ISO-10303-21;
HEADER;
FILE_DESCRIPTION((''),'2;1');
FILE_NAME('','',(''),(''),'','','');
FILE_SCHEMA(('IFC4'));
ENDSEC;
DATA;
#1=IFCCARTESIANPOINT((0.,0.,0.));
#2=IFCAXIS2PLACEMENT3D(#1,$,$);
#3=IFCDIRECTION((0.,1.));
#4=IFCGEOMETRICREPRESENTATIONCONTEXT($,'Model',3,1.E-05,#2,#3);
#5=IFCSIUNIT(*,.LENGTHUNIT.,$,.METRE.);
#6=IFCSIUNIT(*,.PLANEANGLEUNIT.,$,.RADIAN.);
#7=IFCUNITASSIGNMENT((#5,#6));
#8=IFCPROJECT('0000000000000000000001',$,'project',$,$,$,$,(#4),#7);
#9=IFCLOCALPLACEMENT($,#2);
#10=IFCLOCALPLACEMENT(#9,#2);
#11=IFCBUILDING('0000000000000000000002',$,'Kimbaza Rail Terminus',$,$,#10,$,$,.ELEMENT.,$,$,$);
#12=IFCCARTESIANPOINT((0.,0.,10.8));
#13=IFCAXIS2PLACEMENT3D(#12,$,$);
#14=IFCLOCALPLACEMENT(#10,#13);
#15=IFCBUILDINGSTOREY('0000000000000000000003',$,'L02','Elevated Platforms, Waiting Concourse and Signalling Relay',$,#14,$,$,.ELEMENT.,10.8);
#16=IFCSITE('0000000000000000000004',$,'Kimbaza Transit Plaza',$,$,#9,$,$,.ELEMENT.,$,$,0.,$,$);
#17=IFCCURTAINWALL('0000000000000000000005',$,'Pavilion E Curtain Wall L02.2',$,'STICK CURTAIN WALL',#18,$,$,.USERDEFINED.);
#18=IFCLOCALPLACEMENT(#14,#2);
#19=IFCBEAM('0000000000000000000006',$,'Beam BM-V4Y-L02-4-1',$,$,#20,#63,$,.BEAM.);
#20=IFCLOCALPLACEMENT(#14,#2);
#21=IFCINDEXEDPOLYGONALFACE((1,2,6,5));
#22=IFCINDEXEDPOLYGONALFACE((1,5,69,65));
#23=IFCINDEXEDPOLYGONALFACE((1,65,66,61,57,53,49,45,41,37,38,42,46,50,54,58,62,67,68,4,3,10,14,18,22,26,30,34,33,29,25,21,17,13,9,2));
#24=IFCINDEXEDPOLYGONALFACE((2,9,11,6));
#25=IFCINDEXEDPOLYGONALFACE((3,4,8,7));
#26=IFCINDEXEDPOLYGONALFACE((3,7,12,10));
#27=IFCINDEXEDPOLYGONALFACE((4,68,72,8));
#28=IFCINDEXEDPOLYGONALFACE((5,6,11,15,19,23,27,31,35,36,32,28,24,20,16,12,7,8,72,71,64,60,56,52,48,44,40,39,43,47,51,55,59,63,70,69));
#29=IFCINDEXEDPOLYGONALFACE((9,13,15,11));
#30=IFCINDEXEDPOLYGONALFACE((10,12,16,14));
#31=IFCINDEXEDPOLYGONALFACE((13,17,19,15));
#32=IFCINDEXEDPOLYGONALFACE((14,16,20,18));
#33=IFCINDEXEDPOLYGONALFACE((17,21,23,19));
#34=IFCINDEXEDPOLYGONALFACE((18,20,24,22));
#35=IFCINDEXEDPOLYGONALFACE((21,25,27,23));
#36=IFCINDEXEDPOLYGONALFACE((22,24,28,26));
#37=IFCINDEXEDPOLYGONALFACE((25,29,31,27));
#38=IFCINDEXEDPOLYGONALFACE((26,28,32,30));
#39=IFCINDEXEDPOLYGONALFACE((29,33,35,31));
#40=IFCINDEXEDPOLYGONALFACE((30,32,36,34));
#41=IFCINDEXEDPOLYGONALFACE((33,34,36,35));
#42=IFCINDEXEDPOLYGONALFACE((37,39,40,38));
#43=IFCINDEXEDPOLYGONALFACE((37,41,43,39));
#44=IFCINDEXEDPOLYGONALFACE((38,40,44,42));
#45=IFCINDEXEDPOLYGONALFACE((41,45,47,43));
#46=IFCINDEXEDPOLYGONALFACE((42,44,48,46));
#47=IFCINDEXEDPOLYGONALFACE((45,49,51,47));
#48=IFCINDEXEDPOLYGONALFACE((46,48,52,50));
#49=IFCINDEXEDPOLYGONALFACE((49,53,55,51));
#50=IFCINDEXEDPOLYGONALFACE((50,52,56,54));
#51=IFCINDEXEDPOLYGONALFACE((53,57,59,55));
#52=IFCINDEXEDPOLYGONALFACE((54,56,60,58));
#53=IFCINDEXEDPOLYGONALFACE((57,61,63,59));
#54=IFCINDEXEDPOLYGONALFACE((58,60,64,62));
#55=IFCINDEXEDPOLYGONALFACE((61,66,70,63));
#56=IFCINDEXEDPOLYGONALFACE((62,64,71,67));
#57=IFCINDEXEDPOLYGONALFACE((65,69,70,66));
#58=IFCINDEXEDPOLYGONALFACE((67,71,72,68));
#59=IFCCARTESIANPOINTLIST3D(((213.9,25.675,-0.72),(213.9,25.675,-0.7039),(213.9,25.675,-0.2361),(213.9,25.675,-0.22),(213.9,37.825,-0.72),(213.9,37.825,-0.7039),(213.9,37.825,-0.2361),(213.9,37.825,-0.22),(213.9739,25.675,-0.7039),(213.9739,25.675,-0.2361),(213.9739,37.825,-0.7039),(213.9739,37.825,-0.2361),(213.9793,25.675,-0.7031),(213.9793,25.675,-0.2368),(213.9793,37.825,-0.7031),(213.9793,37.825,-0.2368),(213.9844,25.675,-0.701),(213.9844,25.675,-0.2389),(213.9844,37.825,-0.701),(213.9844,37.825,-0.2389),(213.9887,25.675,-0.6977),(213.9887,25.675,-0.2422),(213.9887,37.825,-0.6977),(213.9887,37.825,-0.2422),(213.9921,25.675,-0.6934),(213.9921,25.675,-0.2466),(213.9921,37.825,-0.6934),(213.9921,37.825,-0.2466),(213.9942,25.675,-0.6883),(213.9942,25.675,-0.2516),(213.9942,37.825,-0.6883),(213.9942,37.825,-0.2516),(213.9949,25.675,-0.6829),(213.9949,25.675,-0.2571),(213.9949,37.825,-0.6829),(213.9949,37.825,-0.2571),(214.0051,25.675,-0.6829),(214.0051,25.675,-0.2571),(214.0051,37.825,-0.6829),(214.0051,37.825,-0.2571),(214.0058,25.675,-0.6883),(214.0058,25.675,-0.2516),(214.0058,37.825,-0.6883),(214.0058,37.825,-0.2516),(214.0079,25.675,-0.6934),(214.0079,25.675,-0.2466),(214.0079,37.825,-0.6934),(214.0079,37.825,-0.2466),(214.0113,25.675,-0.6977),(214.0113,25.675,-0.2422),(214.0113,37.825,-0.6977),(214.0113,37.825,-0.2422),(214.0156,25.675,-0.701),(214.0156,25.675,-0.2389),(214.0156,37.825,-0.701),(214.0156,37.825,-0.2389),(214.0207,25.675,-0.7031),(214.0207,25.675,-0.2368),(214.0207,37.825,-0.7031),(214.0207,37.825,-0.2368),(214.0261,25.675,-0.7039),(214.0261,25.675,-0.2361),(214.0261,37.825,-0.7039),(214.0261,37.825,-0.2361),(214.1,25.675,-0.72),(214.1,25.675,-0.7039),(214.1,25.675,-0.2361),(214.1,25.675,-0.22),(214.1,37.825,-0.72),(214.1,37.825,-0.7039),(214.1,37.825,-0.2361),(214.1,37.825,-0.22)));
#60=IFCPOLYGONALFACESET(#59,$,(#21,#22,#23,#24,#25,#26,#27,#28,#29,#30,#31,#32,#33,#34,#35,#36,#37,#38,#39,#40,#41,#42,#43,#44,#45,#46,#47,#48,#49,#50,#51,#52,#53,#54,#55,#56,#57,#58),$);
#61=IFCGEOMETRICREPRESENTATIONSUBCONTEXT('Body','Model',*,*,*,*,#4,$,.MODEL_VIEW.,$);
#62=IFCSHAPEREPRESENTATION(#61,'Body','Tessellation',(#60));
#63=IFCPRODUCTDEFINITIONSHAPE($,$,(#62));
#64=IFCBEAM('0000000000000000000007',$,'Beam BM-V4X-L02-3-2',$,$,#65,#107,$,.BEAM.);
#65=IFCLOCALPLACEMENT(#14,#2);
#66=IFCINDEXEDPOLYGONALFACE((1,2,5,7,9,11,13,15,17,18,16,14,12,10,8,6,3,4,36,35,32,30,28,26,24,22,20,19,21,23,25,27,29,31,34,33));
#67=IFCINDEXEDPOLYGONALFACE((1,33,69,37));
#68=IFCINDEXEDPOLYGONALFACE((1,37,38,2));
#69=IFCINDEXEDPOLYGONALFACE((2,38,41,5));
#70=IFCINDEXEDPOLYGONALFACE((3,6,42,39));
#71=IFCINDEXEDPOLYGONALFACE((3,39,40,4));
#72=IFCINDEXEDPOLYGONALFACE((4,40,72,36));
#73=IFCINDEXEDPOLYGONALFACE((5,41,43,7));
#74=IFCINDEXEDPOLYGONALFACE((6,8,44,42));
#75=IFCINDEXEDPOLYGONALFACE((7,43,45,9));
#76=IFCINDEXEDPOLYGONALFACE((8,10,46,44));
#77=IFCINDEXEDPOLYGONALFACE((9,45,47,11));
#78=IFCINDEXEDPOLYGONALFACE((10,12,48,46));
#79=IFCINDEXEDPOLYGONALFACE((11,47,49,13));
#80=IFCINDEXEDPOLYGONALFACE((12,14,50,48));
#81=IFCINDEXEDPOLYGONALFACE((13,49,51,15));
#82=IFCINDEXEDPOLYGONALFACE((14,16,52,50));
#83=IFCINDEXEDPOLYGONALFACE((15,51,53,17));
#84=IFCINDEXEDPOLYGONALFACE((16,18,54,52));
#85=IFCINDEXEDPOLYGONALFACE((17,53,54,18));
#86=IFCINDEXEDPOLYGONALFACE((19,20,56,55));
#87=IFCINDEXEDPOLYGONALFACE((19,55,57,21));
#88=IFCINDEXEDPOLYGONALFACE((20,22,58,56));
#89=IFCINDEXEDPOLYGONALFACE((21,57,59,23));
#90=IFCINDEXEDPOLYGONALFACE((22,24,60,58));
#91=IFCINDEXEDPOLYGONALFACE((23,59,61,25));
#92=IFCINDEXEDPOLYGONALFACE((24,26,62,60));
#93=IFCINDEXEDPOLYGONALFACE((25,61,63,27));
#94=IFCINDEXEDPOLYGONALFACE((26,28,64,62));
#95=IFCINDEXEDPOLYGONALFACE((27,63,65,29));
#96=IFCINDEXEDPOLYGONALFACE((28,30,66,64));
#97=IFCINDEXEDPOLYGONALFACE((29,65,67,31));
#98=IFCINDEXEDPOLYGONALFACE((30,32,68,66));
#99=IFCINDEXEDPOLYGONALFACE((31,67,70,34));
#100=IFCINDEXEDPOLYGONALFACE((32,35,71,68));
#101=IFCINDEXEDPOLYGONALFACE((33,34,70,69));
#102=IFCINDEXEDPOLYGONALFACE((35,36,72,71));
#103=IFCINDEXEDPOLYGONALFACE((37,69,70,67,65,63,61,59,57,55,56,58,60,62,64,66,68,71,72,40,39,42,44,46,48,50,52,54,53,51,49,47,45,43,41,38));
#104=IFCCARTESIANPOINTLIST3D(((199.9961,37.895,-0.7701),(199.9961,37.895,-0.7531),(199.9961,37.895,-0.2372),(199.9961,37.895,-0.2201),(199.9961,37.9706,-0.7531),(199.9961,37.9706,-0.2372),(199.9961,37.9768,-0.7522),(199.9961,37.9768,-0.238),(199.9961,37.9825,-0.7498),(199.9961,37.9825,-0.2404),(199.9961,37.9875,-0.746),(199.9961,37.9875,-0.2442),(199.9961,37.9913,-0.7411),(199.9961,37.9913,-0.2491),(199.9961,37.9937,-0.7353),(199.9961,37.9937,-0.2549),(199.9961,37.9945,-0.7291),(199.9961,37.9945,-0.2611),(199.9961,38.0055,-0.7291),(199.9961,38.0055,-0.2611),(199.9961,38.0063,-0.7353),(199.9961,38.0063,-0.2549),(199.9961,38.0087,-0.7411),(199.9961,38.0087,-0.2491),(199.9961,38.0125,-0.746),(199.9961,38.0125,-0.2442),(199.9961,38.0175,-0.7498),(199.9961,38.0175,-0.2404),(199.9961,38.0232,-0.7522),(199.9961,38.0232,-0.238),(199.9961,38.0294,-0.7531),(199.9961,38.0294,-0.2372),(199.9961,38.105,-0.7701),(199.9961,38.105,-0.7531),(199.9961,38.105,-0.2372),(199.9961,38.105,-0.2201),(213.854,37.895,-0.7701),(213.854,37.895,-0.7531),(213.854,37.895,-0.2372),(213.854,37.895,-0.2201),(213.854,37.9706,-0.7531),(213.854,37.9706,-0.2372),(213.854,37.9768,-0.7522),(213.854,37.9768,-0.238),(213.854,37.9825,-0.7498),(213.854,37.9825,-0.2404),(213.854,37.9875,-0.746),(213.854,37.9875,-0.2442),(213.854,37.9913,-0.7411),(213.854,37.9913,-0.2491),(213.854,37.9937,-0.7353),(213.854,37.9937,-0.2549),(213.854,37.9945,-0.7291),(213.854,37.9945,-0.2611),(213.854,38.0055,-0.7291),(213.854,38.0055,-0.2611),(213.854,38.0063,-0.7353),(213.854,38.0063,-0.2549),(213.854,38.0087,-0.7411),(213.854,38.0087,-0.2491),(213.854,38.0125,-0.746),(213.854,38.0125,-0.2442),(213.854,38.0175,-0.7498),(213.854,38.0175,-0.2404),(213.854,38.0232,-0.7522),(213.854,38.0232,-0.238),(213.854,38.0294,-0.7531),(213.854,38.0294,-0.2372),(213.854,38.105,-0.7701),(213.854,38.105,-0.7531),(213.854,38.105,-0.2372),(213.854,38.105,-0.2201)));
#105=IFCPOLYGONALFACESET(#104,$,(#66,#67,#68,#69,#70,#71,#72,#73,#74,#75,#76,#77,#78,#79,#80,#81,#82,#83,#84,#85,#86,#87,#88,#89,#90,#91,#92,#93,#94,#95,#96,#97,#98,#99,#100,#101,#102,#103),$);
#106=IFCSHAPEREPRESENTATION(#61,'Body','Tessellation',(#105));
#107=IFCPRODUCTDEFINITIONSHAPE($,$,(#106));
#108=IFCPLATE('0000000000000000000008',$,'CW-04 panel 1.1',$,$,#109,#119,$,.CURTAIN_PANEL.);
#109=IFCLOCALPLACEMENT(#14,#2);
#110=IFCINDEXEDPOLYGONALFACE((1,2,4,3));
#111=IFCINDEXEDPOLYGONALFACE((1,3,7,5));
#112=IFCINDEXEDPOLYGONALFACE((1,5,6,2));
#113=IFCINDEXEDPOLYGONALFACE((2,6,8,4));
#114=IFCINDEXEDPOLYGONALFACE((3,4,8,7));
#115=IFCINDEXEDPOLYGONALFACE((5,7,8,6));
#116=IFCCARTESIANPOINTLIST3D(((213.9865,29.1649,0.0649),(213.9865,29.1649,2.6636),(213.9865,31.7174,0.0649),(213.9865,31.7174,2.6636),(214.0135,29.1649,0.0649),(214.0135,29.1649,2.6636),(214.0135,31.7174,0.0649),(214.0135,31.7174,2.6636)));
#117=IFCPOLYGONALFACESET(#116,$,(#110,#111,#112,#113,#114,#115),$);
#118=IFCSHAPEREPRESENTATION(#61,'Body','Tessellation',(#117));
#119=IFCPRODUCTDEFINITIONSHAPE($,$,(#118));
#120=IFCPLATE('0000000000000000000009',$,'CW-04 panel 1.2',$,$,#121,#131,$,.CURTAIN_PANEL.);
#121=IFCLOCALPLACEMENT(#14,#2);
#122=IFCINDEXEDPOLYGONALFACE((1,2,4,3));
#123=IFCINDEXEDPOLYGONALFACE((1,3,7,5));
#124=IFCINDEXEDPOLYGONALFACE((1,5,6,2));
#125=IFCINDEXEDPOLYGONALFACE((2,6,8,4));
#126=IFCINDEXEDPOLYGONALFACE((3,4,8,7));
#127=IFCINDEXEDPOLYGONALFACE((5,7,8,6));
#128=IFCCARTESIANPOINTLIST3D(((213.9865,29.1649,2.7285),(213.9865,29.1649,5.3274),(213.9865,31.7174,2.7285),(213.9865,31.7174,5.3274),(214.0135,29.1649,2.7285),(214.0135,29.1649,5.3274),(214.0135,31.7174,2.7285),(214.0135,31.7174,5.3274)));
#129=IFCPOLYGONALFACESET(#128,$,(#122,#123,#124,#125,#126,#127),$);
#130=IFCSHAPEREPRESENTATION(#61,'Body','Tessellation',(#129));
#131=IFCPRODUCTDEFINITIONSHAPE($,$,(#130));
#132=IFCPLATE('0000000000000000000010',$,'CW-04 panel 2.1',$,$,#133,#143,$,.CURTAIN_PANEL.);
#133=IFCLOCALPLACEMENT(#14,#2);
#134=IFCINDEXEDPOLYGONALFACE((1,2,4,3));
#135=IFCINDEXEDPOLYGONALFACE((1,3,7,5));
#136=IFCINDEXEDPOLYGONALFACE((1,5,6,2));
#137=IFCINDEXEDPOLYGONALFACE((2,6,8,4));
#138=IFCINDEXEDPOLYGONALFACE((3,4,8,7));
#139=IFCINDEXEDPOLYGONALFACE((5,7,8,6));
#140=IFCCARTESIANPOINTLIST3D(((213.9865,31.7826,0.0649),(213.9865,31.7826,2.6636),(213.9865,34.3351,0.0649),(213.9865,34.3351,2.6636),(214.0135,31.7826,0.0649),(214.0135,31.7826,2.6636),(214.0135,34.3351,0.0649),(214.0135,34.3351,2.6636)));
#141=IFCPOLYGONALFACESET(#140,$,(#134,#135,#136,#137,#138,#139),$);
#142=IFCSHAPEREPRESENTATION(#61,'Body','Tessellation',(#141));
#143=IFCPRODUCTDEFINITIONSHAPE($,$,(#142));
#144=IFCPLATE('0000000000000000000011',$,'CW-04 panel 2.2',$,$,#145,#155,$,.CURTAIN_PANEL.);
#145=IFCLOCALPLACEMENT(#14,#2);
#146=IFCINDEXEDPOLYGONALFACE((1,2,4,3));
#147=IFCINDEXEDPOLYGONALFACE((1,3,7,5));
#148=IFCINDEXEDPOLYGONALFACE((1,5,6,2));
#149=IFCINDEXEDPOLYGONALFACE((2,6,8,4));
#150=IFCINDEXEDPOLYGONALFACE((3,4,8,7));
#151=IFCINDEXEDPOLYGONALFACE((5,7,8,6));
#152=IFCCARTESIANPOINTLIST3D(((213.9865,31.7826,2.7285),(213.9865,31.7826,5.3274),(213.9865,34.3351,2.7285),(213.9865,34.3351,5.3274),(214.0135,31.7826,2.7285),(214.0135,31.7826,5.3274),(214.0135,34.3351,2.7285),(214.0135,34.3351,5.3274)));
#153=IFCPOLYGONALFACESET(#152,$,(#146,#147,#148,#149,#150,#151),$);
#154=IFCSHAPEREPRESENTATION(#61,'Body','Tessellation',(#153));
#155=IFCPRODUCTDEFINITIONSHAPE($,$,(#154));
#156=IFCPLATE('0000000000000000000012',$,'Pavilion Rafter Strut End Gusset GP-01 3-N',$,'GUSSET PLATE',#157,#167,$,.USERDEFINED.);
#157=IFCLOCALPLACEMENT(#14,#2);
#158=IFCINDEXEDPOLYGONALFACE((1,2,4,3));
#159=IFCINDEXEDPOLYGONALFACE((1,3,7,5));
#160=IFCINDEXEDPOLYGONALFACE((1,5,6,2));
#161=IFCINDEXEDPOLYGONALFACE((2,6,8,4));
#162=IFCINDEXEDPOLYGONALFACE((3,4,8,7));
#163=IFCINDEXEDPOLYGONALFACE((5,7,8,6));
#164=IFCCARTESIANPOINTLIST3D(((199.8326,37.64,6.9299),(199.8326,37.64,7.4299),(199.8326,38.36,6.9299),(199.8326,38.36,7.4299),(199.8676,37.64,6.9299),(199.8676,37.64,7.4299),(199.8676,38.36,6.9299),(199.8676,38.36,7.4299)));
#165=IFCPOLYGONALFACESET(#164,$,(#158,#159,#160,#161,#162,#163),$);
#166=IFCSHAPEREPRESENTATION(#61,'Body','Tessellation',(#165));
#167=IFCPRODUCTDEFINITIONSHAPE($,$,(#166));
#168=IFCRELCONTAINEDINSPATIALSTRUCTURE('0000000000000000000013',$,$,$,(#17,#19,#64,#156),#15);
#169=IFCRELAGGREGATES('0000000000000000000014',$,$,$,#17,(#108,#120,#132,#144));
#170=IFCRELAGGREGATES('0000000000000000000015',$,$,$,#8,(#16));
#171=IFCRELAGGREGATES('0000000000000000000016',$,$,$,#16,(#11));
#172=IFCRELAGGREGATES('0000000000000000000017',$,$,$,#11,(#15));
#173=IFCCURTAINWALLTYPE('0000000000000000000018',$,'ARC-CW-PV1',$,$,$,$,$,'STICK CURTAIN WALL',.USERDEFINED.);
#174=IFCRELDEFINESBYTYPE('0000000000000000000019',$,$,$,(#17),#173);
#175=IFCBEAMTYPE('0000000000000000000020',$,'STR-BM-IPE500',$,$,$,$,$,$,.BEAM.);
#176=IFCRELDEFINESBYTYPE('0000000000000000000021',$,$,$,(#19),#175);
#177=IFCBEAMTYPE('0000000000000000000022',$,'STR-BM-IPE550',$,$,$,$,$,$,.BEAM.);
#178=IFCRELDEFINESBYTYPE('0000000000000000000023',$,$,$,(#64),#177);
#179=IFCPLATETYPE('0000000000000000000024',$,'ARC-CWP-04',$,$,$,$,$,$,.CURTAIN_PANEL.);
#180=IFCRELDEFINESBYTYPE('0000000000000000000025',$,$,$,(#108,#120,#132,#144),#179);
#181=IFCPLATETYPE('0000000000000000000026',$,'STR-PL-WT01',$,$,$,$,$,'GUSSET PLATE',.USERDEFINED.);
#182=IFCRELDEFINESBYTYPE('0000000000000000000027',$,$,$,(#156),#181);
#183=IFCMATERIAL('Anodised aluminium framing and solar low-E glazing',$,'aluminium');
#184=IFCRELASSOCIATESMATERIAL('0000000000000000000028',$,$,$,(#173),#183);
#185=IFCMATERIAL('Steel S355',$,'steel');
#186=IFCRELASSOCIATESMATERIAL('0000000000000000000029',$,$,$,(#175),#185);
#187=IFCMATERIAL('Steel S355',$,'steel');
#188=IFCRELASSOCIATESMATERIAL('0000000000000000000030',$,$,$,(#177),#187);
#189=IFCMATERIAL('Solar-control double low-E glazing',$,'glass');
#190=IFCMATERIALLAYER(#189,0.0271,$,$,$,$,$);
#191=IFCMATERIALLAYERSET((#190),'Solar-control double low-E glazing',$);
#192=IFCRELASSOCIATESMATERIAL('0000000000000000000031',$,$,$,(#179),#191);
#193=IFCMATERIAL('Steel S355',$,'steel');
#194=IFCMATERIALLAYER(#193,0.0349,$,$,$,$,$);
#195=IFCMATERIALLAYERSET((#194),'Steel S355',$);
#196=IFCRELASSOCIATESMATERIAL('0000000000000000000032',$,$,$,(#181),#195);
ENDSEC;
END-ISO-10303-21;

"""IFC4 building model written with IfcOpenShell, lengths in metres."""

from ifc_helpers import new_model, si_unit, direction, frame, origin, origin_2d, place, context, subcontext, project, spatial, rectangle, i_section, extrude, material, layer, layer_set, material_profile, profile_set, type_object, element, aggregate, save


model = new_model("IFC4")

# Units and contexts
model_context = context("Model", 3, precision=1e-05, world=origin(), true_north=direction((0.0, 1.0)))
body_context = subcontext(model_context, "Body", "Model", "MODEL_VIEW")
ifc_project = project(units=[si_unit("LENGTHUNIT", "METRE"), si_unit("PLANEANGLEUNIT", "RADIAN")], contexts=[model_context])

# Site, building, storey
site_placement = place(None, origin())
site = spatial("IfcSite", under=ifc_project, at=site_placement, Name="Kimbaza Transit Plaza", CompositionType="ELEMENT", RefElevation=0.0)
building_placement = place(site_placement, origin())
building = spatial("IfcBuilding", under=site, at=building_placement, Name="Kimbaza Rail Terminus", CompositionType="ELEMENT")
storey_placement = place(building_placement, frame((0.0, 0.0, 10.8)))
storey = spatial("IfcBuildingStorey", under=building, at=storey_placement, Name="L02", Description="Elevated Platforms, Waiting Concourse and Signalling Relay", CompositionType="ELEMENT", Elevation=10.8)

# Shared definitions
ifc_material_1 = material(Name="Anodised aluminium framing and solar low-E glazing", Category="aluminium")
curtain_wall_type = type_object("IfcCurtainWallType", Name="ARC-CW-PV1", ElementType="STICK CURTAIN WALL", PredefinedType="USERDEFINED", material=ifc_material_1)

# Curtain wall
curtain_wall_1_placement = place(storey_placement, origin())
curtain_wall_1 = element("IfcCurtainWall", 1, at=curtain_wall_1_placement, inside=storey, type_object=curtain_wall_type, Name="Pavilion E Curtain Wall L02.2", ObjectType="STICK CURTAIN WALL", PredefinedType="USERDEFINED")

# Beams
ifc_material_2 = material(Name="Steel S355", Category="steel")
ifc_material_profile_1 = material_profile(ifc_material_2, i_section(OverallWidth=0.2, OverallDepth=0.5, WebThickness=0.0103, FlangeThickness=0.0161, FilletRadius=0.021, at=origin_2d()), Name="IPE 500")
ifc_profile_set_1 = profile_set([ifc_material_profile_1], Name="Steel S355")
beam_type_1 = type_object("IfcBeamType", Name="STR-BM-IPE500", PredefinedType="BEAM", material=ifc_profile_set_1)
for number, where, z_axis, x_axis, name in (
    (2, (214.0, 25.675, -0.47), (0.0, 1.0, 0.0), (-1.0, 0.0, 0.0), "Beam BM-V4Y-L02-4-1"),
):
    element("IfcBeam", number, at=place(storey_placement, frame(where, z_axis=z_axis, x_axis=x_axis)), inside=storey, type_object=beam_type_1, Name=name, PredefinedType="BEAM", context=body_context, shape_type="SweptSolid", body=[
        extrude(i_section(OverallWidth=0.2, OverallDepth=0.5, WebThickness=0.0103, FlangeThickness=0.0161, FilletRadius=0.021, at=origin_2d()), origin(), (0.0, 0.0, 1.0), 12.1499),
    ])
ifc_material_3 = material(Name="Steel S355", Category="steel")
ifc_material_profile_2 = material_profile(ifc_material_3, i_section(OverallWidth=0.21, OverallDepth=0.55, WebThickness=0.011, FlangeThickness=0.0171, FilletRadius=0.0239, at=origin_2d()), Name="IPE 550")
ifc_profile_set_2 = profile_set([ifc_material_profile_2], Name="Steel S355")
beam_type_2 = type_object("IfcBeamType", Name="STR-BM-IPE550", PredefinedType="BEAM", material=ifc_profile_set_2)
beam_1_placement = place(storey_placement, frame((199.9961, 38.0, -0.4951), z_axis=(1.0, 0.0, 0.0), x_axis=(0.0, 1.0, 0.0)))
element("IfcBeam", 3, at=beam_1_placement, inside=storey, type_object=beam_type_2, Name="Beam BM-V4X-L02-3-2", PredefinedType="BEAM", context=body_context, shape_type="SweptSolid", body=[
    extrude(i_section(OverallWidth=0.21, OverallDepth=0.55, WebThickness=0.011, FlangeThickness=0.0171, FilletRadius=0.0239, at=origin_2d()), origin(), (0.0, 0.0, 1.0), 13.8579),
])

# Plates
ifc_material_4 = material(Name="Solar-control double low-E glazing", Category="glass")
ifc_layer_1 = layer(ifc_material_4, 0.0271)
ifc_layer_set_1 = layer_set([ifc_layer_1], Name="Solar-control double low-E glazing")
plate_type_1 = type_object("IfcPlateType", Name="ARC-CWP-04", PredefinedType="CURTAIN_PANEL", material=ifc_layer_set_1)
plate_1_placement = place(storey_placement, frame((214.0, 30.4412, 0.0649), z_axis=(0.0, 0.0, 1.0), x_axis=(0.0, 1.0, 0.0)))
plate_1 = element("IfcPlate", 4, at=plate_1_placement, type_object=plate_type_1, Name="CW-04 panel 1.1", PredefinedType="CURTAIN_PANEL", context=body_context, shape_type="SweptSolid", body=[
    extrude(rectangle(XDim=2.5525, YDim=0.0271, at=origin_2d()), origin(), (0.0, 0.0, 1.0), 2.5986),
])
plate_2_placement = place(storey_placement, frame((214.0, 30.4412, 2.7285), z_axis=(0.0, 0.0, 1.0), x_axis=(0.0, 1.0, 0.0)))
plate_2 = element("IfcPlate", 5, at=plate_2_placement, type_object=plate_type_1, Name="CW-04 panel 1.2", PredefinedType="CURTAIN_PANEL", context=body_context, shape_type="SweptSolid", body=[
    extrude(rectangle(XDim=2.5525, YDim=0.0271, at=origin_2d()), origin(), (0.0, 0.0, 1.0), 2.5989),
])
plate_3_placement = place(storey_placement, frame((214.0, 33.0588, 0.0649), z_axis=(0.0, 0.0, 1.0), x_axis=(0.0, 1.0, 0.0)))
plate_3 = element("IfcPlate", 6, at=plate_3_placement, type_object=plate_type_1, Name="CW-04 panel 2.1", PredefinedType="CURTAIN_PANEL", context=body_context, shape_type="SweptSolid", body=[
    extrude(rectangle(XDim=2.5525, YDim=0.0271, at=origin_2d()), origin(), (0.0, 0.0, 1.0), 2.5986),
])
plate_4_placement = place(storey_placement, frame((214.0, 33.0588, 2.7285), z_axis=(0.0, 0.0, 1.0), x_axis=(0.0, 1.0, 0.0)))
plate_4 = element("IfcPlate", 7, at=plate_4_placement, type_object=plate_type_1, Name="CW-04 panel 2.2", PredefinedType="CURTAIN_PANEL", context=body_context, shape_type="SweptSolid", body=[
    extrude(rectangle(XDim=2.5525, YDim=0.0271, at=origin_2d()), origin(), (0.0, 0.0, 1.0), 2.5989),
])
aggregate(curtain_wall_1, [plate_1, plate_2, plate_3, plate_4])
ifc_material_5 = material(Name="Steel S355", Category="steel")
ifc_layer_2 = layer(ifc_material_5, 0.0349)
ifc_layer_set_2 = layer_set([ifc_layer_2], Name="Steel S355")
plate_type_2 = type_object("IfcPlateType", Name="STR-PL-WT01", ElementType="GUSSET PLATE", PredefinedType="USERDEFINED", material=ifc_layer_set_2)
plate_5_placement = place(storey_placement, frame((199.8501, 38.0, 6.9299), z_axis=(0.0, 0.0, 1.0), x_axis=(1.0, 0.0, 0.0)))
element("IfcPlate", 8, at=plate_5_placement, inside=storey, type_object=plate_type_2, Name="Pavilion Rafter Strut End Gusset GP-01 3-N", ObjectType="GUSSET PLATE", PredefinedType="USERDEFINED", context=body_context, shape_type="SweptSolid", body=[
    extrude(rectangle(XDim=0.0349, YDim=0.72, at=origin_2d()), origin(), (0.0, 0.0, 1.0), 0.5),
])

save(model, "model.ifc")
